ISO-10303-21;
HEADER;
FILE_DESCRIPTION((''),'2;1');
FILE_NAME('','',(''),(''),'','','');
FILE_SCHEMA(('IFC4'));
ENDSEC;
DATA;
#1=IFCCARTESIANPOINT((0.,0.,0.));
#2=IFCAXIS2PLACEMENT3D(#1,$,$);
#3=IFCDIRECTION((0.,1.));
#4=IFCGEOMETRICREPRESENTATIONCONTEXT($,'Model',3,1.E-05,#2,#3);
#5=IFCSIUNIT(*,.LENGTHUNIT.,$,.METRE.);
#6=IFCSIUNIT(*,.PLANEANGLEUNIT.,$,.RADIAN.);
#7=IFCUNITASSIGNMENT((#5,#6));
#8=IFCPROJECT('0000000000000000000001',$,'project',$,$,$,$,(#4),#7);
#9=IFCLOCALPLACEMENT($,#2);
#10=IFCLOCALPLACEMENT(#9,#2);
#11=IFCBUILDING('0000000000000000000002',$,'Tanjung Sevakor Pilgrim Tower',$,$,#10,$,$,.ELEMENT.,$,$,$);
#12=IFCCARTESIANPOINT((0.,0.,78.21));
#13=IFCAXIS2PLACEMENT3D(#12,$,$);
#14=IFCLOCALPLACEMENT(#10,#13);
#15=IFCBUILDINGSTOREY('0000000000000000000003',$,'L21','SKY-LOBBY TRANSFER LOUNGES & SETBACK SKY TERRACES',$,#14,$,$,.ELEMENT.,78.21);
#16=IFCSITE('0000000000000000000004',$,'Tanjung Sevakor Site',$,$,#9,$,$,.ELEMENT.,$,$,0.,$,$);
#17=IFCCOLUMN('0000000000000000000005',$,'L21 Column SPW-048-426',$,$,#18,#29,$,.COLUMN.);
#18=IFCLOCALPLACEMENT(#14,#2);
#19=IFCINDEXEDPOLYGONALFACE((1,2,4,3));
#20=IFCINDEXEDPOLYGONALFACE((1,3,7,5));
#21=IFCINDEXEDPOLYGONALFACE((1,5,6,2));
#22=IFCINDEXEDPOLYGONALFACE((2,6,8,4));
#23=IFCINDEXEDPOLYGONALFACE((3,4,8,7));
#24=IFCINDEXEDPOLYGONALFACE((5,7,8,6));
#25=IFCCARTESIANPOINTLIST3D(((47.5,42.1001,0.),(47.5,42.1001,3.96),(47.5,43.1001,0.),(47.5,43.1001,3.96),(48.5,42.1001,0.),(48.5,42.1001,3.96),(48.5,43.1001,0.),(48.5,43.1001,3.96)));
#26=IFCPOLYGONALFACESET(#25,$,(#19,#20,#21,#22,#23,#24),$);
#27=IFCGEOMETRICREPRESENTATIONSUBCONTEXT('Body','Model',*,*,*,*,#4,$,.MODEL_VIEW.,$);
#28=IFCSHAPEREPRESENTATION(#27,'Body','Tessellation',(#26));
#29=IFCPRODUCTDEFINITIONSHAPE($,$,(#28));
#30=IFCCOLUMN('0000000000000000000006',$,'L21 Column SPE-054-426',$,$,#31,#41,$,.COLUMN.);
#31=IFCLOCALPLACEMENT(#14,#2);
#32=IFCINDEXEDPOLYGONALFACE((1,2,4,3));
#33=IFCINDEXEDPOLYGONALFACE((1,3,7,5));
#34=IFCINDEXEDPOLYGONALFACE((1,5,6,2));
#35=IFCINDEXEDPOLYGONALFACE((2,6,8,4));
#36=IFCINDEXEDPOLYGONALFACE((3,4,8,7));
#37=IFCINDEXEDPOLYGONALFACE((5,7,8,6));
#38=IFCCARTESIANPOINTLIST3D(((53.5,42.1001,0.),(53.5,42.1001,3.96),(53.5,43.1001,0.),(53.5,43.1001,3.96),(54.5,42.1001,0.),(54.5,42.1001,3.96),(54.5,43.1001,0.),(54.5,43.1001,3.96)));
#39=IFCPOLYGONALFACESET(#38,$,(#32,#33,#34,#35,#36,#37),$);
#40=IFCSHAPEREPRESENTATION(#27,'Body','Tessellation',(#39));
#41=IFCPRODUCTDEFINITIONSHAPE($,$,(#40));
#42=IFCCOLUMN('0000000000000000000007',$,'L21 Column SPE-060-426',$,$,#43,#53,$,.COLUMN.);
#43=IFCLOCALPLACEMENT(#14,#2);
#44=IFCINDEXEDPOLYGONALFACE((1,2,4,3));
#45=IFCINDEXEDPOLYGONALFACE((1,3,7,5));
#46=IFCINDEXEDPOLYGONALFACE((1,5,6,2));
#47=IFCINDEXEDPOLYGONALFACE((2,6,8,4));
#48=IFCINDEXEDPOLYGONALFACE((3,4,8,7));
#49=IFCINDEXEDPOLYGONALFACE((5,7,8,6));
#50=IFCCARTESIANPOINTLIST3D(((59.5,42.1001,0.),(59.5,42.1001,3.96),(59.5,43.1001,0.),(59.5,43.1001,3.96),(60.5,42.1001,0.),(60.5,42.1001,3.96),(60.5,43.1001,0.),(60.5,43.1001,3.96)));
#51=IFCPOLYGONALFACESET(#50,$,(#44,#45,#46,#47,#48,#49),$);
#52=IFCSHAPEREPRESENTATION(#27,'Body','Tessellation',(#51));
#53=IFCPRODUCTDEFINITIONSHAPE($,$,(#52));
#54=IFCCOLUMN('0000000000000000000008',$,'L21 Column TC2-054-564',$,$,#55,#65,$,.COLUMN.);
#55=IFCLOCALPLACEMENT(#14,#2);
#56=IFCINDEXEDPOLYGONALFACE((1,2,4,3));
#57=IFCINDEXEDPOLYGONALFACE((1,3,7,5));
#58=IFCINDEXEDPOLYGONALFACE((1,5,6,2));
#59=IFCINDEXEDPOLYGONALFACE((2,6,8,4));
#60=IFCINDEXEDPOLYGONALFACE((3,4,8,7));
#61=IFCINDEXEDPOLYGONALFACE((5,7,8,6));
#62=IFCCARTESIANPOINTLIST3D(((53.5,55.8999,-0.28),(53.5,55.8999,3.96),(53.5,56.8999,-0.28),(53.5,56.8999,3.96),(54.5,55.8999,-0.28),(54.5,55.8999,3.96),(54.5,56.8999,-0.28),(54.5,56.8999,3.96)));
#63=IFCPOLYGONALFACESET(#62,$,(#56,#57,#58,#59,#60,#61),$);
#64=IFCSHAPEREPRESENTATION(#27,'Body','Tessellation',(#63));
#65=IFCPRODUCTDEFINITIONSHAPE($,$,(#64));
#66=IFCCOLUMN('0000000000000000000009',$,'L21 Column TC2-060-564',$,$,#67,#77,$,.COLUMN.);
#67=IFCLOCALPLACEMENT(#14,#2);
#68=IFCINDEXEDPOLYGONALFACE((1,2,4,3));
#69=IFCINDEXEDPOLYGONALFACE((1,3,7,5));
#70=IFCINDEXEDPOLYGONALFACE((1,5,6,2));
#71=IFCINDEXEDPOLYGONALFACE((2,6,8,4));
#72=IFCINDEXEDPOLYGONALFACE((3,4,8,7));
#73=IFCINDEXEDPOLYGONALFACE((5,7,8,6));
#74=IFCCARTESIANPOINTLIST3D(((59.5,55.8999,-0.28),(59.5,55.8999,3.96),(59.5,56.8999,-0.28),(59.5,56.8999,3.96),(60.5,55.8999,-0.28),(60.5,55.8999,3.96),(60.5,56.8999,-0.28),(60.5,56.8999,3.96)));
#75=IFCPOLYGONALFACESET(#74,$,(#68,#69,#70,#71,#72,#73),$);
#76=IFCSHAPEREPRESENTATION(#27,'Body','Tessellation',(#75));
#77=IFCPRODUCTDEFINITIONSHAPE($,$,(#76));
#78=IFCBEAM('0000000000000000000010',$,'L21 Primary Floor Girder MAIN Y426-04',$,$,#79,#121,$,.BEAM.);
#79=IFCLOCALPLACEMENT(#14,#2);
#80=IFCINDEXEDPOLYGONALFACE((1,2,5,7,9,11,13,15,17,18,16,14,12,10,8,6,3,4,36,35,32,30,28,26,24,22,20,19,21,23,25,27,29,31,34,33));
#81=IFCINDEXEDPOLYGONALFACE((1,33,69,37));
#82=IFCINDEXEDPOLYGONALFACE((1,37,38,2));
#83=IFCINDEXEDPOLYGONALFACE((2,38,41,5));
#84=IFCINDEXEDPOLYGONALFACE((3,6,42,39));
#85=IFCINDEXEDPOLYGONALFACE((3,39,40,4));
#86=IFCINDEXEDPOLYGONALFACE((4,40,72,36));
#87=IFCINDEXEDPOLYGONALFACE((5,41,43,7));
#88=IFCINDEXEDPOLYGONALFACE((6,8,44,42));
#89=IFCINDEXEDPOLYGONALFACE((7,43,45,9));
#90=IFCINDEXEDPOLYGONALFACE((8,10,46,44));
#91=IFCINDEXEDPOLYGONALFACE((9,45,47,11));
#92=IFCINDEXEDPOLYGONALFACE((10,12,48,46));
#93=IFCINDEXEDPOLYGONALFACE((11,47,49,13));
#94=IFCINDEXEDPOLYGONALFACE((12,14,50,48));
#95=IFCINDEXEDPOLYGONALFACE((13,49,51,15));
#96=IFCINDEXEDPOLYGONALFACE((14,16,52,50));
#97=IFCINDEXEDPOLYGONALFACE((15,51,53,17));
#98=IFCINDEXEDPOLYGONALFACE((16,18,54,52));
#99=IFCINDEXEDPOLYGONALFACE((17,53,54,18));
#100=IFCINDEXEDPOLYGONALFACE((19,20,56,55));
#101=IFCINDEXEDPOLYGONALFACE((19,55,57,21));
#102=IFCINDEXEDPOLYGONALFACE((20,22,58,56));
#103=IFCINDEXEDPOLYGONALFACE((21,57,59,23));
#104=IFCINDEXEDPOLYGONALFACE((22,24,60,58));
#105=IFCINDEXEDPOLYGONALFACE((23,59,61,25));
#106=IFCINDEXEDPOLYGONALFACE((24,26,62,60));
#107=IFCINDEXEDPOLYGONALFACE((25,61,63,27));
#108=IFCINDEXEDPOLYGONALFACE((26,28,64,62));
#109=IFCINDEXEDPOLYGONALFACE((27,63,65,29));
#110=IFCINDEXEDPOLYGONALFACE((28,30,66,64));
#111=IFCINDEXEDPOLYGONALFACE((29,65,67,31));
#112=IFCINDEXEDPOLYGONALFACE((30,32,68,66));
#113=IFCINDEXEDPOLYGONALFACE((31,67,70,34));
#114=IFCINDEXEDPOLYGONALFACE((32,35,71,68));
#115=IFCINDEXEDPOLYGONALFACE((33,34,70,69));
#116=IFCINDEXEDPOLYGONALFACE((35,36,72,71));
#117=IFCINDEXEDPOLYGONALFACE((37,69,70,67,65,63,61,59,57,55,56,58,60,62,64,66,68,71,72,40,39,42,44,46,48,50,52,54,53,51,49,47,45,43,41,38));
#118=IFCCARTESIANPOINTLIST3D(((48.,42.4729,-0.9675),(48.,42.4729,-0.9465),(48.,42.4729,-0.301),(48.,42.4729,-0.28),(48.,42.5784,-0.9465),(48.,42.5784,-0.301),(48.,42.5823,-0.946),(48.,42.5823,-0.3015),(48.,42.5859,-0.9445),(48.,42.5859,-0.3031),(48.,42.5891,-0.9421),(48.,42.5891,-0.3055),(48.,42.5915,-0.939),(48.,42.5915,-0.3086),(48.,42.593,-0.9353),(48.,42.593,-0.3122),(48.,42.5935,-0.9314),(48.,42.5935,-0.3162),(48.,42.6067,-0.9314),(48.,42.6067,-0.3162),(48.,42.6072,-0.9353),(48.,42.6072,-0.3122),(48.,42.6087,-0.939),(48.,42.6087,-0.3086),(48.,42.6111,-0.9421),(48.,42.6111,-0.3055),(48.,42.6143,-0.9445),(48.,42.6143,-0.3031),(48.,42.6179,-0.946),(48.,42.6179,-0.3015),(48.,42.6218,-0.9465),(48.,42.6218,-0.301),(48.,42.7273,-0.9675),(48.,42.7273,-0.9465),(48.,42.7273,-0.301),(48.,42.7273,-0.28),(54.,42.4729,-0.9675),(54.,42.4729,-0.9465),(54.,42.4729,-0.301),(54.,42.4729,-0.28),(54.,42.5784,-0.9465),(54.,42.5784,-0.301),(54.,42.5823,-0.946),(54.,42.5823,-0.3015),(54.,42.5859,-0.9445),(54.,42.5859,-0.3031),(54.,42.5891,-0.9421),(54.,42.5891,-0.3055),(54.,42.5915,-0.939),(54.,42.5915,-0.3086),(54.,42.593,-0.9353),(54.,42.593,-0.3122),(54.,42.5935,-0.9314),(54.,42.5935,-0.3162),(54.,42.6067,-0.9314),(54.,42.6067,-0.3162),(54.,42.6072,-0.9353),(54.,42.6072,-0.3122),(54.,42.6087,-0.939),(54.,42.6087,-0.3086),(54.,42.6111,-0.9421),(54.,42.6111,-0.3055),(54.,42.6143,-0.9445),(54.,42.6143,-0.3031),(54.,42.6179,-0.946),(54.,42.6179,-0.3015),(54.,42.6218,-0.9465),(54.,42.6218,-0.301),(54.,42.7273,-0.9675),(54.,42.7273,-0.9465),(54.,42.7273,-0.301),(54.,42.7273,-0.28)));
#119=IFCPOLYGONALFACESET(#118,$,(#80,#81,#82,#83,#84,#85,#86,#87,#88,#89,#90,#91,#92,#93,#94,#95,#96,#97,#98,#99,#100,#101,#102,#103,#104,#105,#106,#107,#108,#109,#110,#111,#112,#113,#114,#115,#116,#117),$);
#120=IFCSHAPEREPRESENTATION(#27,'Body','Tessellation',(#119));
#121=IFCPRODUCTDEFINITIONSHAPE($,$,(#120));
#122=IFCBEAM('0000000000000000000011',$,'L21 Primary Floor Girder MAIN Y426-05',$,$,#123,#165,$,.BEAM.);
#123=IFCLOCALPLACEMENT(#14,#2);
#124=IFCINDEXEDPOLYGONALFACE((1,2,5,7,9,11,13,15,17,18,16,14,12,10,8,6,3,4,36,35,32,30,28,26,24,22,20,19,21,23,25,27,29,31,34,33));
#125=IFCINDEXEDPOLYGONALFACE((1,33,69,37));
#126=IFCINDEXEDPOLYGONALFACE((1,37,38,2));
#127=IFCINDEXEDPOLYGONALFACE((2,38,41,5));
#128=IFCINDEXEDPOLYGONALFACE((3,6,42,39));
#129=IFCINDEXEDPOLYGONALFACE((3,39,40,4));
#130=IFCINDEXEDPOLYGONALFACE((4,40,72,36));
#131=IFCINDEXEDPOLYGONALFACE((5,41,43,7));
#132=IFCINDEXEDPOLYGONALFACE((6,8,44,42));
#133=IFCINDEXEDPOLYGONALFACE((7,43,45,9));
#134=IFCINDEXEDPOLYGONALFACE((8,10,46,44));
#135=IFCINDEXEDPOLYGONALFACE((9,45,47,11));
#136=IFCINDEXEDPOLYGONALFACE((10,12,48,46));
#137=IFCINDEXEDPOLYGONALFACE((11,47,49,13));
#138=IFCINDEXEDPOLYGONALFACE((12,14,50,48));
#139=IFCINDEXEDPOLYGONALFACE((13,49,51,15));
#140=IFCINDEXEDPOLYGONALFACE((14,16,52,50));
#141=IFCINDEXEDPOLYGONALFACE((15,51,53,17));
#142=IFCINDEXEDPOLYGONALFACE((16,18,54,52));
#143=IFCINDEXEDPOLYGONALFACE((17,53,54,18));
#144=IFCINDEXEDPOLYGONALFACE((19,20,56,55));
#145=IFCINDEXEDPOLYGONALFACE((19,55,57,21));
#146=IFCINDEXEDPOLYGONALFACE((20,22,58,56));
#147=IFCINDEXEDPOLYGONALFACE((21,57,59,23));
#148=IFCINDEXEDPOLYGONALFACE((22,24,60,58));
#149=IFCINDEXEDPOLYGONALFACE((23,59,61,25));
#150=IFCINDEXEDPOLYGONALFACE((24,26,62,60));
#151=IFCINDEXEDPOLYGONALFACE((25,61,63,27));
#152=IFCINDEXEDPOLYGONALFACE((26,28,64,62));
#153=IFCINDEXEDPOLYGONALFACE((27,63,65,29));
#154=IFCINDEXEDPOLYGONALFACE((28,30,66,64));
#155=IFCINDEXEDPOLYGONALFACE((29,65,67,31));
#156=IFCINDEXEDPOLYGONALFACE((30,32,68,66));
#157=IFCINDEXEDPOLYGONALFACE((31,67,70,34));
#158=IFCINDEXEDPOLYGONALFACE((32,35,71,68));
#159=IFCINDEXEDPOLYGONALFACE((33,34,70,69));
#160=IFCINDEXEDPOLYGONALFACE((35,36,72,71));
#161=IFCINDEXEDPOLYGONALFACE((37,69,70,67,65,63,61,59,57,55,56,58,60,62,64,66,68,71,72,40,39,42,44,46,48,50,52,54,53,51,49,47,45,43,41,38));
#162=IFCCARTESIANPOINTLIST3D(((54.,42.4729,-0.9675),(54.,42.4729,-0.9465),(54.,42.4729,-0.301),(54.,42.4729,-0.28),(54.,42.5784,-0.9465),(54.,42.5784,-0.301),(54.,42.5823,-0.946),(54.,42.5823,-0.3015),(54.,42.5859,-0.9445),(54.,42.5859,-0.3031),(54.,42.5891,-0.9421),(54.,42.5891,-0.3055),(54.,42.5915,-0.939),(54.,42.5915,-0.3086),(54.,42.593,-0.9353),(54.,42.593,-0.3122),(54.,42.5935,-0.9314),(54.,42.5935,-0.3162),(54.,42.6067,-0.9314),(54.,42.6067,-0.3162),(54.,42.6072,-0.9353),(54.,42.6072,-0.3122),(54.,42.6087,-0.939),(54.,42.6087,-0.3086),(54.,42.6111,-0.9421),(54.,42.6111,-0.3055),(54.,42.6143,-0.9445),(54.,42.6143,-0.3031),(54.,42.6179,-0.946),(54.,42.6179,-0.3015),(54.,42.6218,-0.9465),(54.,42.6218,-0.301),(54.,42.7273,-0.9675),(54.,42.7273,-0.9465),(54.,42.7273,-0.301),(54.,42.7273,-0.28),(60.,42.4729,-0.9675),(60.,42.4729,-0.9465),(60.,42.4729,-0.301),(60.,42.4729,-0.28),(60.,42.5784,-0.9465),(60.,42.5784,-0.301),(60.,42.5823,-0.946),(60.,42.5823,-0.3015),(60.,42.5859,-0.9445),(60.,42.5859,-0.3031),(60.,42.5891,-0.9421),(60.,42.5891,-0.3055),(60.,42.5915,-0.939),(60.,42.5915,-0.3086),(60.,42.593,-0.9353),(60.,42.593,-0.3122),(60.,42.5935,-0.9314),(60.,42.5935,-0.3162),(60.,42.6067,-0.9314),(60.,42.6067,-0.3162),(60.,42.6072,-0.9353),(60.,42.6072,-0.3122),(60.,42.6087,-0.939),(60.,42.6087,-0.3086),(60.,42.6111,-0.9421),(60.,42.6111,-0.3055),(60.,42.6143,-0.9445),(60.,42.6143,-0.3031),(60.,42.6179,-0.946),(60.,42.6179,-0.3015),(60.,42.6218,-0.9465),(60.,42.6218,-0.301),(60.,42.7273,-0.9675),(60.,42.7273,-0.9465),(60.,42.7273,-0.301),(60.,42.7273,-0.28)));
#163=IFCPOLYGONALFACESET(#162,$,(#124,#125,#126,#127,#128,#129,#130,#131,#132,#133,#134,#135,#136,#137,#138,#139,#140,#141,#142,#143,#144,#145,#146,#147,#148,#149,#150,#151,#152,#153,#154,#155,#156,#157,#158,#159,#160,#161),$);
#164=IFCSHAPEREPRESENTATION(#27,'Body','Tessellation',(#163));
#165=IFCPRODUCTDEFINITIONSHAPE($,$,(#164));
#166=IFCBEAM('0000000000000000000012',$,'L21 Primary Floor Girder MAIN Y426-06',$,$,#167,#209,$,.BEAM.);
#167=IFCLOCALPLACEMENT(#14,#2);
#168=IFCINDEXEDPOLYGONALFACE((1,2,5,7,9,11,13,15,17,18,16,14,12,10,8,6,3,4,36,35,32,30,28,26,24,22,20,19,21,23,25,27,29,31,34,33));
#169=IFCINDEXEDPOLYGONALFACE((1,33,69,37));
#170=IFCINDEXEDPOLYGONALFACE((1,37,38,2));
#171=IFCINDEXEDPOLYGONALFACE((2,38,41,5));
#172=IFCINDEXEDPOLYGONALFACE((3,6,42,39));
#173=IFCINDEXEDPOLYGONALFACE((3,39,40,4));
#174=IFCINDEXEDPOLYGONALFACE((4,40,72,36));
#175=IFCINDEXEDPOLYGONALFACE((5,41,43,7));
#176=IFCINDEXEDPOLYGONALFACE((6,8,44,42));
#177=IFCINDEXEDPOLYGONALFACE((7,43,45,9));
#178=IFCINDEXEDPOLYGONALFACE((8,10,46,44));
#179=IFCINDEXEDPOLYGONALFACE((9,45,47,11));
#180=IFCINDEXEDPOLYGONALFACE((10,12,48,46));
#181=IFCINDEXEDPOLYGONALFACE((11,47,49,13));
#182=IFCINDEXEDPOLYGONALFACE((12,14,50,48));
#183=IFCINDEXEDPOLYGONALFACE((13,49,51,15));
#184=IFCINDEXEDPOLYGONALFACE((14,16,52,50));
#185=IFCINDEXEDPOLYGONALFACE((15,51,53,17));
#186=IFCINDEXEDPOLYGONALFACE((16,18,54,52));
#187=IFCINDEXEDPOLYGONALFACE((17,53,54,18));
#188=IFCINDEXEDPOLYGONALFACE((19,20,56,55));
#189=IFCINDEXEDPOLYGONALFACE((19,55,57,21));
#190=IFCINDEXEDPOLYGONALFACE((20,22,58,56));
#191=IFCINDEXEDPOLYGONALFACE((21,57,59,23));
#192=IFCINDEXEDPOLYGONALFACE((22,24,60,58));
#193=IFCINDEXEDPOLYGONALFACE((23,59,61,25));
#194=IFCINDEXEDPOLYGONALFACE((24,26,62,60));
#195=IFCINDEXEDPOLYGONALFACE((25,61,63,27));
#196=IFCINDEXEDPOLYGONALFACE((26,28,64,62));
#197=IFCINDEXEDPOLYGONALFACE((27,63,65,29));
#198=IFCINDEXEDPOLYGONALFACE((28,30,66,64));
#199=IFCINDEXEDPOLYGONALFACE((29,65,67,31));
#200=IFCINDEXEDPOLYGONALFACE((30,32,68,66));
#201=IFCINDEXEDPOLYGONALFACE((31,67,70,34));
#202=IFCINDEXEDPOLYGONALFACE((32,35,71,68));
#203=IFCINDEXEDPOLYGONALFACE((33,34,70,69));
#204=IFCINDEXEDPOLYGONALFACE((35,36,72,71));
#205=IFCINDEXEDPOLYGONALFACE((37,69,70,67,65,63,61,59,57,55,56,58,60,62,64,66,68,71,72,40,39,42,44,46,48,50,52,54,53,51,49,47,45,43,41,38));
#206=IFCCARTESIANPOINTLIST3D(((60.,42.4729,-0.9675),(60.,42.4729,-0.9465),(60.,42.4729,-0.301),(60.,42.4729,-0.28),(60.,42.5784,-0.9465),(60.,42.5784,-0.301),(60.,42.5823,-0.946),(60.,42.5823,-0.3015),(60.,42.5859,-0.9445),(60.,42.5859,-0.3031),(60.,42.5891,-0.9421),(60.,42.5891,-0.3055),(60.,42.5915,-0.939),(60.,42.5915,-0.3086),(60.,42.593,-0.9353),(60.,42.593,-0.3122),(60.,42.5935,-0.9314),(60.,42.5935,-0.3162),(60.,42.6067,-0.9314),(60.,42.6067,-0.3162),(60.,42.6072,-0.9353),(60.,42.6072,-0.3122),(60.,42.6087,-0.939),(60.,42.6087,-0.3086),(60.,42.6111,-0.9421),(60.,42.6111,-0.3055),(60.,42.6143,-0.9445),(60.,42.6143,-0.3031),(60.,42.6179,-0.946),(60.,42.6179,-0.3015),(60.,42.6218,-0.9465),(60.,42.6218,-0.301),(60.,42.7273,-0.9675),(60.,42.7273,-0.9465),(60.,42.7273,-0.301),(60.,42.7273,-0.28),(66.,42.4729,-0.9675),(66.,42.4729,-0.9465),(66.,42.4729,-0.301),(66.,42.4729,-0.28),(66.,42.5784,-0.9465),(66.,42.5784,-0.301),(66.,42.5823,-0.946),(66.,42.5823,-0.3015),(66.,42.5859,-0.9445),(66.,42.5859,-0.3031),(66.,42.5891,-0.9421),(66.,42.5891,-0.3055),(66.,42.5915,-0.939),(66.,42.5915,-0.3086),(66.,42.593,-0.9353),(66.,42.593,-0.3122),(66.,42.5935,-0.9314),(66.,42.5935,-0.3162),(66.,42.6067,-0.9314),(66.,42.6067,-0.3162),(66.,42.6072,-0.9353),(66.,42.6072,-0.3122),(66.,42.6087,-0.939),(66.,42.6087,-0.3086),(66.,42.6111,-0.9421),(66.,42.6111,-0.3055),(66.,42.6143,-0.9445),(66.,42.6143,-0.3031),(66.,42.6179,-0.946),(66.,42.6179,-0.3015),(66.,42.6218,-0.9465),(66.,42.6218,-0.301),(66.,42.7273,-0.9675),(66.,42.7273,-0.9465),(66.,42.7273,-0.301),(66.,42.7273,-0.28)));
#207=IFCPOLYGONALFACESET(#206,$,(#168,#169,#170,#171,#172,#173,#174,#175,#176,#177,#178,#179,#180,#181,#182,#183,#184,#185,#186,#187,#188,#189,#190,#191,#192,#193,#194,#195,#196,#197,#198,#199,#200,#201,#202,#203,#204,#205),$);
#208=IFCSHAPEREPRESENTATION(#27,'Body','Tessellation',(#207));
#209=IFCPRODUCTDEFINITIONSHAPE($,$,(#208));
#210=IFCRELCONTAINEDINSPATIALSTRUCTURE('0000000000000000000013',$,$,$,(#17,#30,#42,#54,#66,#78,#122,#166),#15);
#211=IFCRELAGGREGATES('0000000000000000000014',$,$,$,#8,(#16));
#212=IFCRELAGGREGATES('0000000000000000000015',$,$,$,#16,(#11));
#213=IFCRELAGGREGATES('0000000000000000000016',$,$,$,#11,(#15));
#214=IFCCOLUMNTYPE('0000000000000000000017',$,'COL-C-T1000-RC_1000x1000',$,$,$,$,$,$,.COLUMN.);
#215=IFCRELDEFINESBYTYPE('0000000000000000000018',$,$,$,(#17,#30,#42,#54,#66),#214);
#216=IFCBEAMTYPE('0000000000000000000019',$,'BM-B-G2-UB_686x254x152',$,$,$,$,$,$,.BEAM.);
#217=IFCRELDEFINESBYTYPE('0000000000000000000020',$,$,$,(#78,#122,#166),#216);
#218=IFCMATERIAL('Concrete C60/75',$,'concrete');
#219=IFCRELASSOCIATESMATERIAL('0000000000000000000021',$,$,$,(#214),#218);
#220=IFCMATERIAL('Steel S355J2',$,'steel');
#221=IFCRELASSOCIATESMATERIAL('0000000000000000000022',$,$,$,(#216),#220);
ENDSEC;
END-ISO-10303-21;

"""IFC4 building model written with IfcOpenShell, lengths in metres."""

from ifc_helpers import new_model, si_unit, direction, frame, origin, origin_2d, place, context, subcontext, project, spatial, rectangle, i_section, extrude, material, material_profile, profile_set, type_object, element, save


model = new_model("IFC4")

# Units and contexts
model_context = context("Model", 3, precision=1e-05, world=origin(), true_north=direction((0.0, 1.0)))
body_context = subcontext(model_context, "Body", "Model", "MODEL_VIEW")
ifc_project = project(units=[si_unit("LENGTHUNIT", "METRE"), si_unit("PLANEANGLEUNIT", "RADIAN")], contexts=[model_context])

# Site, building, storey
site_placement = place(None, origin())
site = spatial("IfcSite", under=ifc_project, at=site_placement, Name="Tanjung Sevakor Site", CompositionType="ELEMENT", RefElevation=0.0)
building_placement = place(site_placement, origin())
building = spatial("IfcBuilding", under=site, at=building_placement, Name="Tanjung Sevakor Pilgrim Tower", CompositionType="ELEMENT")
storey_placement = place(building_placement, frame((0.0, 0.0, 78.21)))
storey = spatial("IfcBuildingStorey", under=building, at=storey_placement, Name="L21", Description="SKY-LOBBY TRANSFER LOUNGES & SETBACK SKY TERRACES", CompositionType="ELEMENT", Elevation=78.21)

# Columns
ifc_material_1 = material(Name="Concrete C60/75", Category="concrete")
ifc_material_profile_1 = material_profile(ifc_material_1, rectangle(XDim=1.0, YDim=1.0, at=origin_2d()))
ifc_profile_set_1 = profile_set([ifc_material_profile_1], Name="Concrete C60/75")
column_type = type_object("IfcColumnType", Name="COL-C-T1000-RC_1000x1000", PredefinedType="COLUMN", material=ifc_profile_set_1)
for number, where, z_axis, x_axis, name in (
    (1, (48.0, 42.6001, 0.0), (0.0, 0.0, 1.0), (1.0, 0.0, 0.0), "L21 Column SPW-048-426"),
    (2, (54.0, 42.6001, 0.0), (0.0, 0.0, 1.0), (1.0, 0.0, 0.0), "L21 Column SPE-054-426"),
    (3, (60.0, 42.6001, 0.0), (0.0, 0.0, 1.0), (1.0, 0.0, 0.0), "L21 Column SPE-060-426"),
):
    element("IfcColumn", number, at=place(storey_placement, frame(where, z_axis=z_axis, x_axis=x_axis)), inside=storey, type_object=column_type, Name=name, PredefinedType="COLUMN", context=body_context, shape_type="SweptSolid", body=[
        extrude(rectangle(XDim=1.0, YDim=1.0, at=origin_2d()), origin(), (0.0, 0.0, 1.0), 3.96),
    ])
for number, where, z_axis, x_axis, name in (
    (4, (54.0, 56.3999, -0.28), (0.0, 0.0, 1.0), (1.0, 0.0, 0.0), "L21 Column TC2-054-564"),
    (5, (60.0, 56.3999, -0.28), (0.0, 0.0, 1.0), (1.0, 0.0, 0.0), "L21 Column TC2-060-564"),
):
    element("IfcColumn", number, at=place(storey_placement, frame(where, z_axis=z_axis, x_axis=x_axis)), inside=storey, type_object=column_type, Name=name, PredefinedType="COLUMN", context=body_context, shape_type="SweptSolid", body=[
        extrude(rectangle(XDim=1.0, YDim=1.0, at=origin_2d()), origin(), (0.0, 0.0, 1.0), 4.24),
    ])

# Beams
ifc_material_2 = material(Name="Steel S355J2", Category="steel")
ifc_material_profile_2 = material_profile(ifc_material_2, i_section(OverallWidth=0.2544, OverallDepth=0.6875, WebThickness=0.0132, FlangeThickness=0.021, FilletRadius=0.0151, at=origin_2d()))
ifc_profile_set_2 = profile_set([ifc_material_profile_2], Name="Steel S355J2")
beam_type_1 = type_object("IfcBeamType", Name="BM-B-G2-UB_686x254x152", PredefinedType="BEAM", material=ifc_profile_set_2)
for number, where, z_axis, x_axis, name in (
    (6, (48.0, 42.6001, -0.6238), (1.0, 0.0, 0.0), (0.0, 1.0, 0.0), "L21 Primary Floor Girder MAIN Y426-04"),
    (7, (54.0, 42.6001, -0.6238), (1.0, 0.0, 0.0), (0.0, 1.0, 0.0), "L21 Primary Floor Girder MAIN Y426-05"),
    (8, (60.0, 42.6001, -0.6238), (1.0, 0.0, 0.0), (0.0, 1.0, 0.0), "L21 Primary Floor Girder MAIN Y426-06"),
):
    element("IfcBeam", number, at=place(storey_placement, frame(where, z_axis=z_axis, x_axis=x_axis)), inside=storey, type_object=beam_type_1, Name=name, PredefinedType="BEAM", context=body_context, shape_type="SweptSolid", body=[
        extrude(i_section(OverallWidth=0.2544, OverallDepth=0.6875, WebThickness=0.0132, FlangeThickness=0.021, FilletRadius=0.0151, at=origin_2d()), origin(), (0.0, 0.0, 1.0), 6.0),
    ])

save(model, "model.ifc")
